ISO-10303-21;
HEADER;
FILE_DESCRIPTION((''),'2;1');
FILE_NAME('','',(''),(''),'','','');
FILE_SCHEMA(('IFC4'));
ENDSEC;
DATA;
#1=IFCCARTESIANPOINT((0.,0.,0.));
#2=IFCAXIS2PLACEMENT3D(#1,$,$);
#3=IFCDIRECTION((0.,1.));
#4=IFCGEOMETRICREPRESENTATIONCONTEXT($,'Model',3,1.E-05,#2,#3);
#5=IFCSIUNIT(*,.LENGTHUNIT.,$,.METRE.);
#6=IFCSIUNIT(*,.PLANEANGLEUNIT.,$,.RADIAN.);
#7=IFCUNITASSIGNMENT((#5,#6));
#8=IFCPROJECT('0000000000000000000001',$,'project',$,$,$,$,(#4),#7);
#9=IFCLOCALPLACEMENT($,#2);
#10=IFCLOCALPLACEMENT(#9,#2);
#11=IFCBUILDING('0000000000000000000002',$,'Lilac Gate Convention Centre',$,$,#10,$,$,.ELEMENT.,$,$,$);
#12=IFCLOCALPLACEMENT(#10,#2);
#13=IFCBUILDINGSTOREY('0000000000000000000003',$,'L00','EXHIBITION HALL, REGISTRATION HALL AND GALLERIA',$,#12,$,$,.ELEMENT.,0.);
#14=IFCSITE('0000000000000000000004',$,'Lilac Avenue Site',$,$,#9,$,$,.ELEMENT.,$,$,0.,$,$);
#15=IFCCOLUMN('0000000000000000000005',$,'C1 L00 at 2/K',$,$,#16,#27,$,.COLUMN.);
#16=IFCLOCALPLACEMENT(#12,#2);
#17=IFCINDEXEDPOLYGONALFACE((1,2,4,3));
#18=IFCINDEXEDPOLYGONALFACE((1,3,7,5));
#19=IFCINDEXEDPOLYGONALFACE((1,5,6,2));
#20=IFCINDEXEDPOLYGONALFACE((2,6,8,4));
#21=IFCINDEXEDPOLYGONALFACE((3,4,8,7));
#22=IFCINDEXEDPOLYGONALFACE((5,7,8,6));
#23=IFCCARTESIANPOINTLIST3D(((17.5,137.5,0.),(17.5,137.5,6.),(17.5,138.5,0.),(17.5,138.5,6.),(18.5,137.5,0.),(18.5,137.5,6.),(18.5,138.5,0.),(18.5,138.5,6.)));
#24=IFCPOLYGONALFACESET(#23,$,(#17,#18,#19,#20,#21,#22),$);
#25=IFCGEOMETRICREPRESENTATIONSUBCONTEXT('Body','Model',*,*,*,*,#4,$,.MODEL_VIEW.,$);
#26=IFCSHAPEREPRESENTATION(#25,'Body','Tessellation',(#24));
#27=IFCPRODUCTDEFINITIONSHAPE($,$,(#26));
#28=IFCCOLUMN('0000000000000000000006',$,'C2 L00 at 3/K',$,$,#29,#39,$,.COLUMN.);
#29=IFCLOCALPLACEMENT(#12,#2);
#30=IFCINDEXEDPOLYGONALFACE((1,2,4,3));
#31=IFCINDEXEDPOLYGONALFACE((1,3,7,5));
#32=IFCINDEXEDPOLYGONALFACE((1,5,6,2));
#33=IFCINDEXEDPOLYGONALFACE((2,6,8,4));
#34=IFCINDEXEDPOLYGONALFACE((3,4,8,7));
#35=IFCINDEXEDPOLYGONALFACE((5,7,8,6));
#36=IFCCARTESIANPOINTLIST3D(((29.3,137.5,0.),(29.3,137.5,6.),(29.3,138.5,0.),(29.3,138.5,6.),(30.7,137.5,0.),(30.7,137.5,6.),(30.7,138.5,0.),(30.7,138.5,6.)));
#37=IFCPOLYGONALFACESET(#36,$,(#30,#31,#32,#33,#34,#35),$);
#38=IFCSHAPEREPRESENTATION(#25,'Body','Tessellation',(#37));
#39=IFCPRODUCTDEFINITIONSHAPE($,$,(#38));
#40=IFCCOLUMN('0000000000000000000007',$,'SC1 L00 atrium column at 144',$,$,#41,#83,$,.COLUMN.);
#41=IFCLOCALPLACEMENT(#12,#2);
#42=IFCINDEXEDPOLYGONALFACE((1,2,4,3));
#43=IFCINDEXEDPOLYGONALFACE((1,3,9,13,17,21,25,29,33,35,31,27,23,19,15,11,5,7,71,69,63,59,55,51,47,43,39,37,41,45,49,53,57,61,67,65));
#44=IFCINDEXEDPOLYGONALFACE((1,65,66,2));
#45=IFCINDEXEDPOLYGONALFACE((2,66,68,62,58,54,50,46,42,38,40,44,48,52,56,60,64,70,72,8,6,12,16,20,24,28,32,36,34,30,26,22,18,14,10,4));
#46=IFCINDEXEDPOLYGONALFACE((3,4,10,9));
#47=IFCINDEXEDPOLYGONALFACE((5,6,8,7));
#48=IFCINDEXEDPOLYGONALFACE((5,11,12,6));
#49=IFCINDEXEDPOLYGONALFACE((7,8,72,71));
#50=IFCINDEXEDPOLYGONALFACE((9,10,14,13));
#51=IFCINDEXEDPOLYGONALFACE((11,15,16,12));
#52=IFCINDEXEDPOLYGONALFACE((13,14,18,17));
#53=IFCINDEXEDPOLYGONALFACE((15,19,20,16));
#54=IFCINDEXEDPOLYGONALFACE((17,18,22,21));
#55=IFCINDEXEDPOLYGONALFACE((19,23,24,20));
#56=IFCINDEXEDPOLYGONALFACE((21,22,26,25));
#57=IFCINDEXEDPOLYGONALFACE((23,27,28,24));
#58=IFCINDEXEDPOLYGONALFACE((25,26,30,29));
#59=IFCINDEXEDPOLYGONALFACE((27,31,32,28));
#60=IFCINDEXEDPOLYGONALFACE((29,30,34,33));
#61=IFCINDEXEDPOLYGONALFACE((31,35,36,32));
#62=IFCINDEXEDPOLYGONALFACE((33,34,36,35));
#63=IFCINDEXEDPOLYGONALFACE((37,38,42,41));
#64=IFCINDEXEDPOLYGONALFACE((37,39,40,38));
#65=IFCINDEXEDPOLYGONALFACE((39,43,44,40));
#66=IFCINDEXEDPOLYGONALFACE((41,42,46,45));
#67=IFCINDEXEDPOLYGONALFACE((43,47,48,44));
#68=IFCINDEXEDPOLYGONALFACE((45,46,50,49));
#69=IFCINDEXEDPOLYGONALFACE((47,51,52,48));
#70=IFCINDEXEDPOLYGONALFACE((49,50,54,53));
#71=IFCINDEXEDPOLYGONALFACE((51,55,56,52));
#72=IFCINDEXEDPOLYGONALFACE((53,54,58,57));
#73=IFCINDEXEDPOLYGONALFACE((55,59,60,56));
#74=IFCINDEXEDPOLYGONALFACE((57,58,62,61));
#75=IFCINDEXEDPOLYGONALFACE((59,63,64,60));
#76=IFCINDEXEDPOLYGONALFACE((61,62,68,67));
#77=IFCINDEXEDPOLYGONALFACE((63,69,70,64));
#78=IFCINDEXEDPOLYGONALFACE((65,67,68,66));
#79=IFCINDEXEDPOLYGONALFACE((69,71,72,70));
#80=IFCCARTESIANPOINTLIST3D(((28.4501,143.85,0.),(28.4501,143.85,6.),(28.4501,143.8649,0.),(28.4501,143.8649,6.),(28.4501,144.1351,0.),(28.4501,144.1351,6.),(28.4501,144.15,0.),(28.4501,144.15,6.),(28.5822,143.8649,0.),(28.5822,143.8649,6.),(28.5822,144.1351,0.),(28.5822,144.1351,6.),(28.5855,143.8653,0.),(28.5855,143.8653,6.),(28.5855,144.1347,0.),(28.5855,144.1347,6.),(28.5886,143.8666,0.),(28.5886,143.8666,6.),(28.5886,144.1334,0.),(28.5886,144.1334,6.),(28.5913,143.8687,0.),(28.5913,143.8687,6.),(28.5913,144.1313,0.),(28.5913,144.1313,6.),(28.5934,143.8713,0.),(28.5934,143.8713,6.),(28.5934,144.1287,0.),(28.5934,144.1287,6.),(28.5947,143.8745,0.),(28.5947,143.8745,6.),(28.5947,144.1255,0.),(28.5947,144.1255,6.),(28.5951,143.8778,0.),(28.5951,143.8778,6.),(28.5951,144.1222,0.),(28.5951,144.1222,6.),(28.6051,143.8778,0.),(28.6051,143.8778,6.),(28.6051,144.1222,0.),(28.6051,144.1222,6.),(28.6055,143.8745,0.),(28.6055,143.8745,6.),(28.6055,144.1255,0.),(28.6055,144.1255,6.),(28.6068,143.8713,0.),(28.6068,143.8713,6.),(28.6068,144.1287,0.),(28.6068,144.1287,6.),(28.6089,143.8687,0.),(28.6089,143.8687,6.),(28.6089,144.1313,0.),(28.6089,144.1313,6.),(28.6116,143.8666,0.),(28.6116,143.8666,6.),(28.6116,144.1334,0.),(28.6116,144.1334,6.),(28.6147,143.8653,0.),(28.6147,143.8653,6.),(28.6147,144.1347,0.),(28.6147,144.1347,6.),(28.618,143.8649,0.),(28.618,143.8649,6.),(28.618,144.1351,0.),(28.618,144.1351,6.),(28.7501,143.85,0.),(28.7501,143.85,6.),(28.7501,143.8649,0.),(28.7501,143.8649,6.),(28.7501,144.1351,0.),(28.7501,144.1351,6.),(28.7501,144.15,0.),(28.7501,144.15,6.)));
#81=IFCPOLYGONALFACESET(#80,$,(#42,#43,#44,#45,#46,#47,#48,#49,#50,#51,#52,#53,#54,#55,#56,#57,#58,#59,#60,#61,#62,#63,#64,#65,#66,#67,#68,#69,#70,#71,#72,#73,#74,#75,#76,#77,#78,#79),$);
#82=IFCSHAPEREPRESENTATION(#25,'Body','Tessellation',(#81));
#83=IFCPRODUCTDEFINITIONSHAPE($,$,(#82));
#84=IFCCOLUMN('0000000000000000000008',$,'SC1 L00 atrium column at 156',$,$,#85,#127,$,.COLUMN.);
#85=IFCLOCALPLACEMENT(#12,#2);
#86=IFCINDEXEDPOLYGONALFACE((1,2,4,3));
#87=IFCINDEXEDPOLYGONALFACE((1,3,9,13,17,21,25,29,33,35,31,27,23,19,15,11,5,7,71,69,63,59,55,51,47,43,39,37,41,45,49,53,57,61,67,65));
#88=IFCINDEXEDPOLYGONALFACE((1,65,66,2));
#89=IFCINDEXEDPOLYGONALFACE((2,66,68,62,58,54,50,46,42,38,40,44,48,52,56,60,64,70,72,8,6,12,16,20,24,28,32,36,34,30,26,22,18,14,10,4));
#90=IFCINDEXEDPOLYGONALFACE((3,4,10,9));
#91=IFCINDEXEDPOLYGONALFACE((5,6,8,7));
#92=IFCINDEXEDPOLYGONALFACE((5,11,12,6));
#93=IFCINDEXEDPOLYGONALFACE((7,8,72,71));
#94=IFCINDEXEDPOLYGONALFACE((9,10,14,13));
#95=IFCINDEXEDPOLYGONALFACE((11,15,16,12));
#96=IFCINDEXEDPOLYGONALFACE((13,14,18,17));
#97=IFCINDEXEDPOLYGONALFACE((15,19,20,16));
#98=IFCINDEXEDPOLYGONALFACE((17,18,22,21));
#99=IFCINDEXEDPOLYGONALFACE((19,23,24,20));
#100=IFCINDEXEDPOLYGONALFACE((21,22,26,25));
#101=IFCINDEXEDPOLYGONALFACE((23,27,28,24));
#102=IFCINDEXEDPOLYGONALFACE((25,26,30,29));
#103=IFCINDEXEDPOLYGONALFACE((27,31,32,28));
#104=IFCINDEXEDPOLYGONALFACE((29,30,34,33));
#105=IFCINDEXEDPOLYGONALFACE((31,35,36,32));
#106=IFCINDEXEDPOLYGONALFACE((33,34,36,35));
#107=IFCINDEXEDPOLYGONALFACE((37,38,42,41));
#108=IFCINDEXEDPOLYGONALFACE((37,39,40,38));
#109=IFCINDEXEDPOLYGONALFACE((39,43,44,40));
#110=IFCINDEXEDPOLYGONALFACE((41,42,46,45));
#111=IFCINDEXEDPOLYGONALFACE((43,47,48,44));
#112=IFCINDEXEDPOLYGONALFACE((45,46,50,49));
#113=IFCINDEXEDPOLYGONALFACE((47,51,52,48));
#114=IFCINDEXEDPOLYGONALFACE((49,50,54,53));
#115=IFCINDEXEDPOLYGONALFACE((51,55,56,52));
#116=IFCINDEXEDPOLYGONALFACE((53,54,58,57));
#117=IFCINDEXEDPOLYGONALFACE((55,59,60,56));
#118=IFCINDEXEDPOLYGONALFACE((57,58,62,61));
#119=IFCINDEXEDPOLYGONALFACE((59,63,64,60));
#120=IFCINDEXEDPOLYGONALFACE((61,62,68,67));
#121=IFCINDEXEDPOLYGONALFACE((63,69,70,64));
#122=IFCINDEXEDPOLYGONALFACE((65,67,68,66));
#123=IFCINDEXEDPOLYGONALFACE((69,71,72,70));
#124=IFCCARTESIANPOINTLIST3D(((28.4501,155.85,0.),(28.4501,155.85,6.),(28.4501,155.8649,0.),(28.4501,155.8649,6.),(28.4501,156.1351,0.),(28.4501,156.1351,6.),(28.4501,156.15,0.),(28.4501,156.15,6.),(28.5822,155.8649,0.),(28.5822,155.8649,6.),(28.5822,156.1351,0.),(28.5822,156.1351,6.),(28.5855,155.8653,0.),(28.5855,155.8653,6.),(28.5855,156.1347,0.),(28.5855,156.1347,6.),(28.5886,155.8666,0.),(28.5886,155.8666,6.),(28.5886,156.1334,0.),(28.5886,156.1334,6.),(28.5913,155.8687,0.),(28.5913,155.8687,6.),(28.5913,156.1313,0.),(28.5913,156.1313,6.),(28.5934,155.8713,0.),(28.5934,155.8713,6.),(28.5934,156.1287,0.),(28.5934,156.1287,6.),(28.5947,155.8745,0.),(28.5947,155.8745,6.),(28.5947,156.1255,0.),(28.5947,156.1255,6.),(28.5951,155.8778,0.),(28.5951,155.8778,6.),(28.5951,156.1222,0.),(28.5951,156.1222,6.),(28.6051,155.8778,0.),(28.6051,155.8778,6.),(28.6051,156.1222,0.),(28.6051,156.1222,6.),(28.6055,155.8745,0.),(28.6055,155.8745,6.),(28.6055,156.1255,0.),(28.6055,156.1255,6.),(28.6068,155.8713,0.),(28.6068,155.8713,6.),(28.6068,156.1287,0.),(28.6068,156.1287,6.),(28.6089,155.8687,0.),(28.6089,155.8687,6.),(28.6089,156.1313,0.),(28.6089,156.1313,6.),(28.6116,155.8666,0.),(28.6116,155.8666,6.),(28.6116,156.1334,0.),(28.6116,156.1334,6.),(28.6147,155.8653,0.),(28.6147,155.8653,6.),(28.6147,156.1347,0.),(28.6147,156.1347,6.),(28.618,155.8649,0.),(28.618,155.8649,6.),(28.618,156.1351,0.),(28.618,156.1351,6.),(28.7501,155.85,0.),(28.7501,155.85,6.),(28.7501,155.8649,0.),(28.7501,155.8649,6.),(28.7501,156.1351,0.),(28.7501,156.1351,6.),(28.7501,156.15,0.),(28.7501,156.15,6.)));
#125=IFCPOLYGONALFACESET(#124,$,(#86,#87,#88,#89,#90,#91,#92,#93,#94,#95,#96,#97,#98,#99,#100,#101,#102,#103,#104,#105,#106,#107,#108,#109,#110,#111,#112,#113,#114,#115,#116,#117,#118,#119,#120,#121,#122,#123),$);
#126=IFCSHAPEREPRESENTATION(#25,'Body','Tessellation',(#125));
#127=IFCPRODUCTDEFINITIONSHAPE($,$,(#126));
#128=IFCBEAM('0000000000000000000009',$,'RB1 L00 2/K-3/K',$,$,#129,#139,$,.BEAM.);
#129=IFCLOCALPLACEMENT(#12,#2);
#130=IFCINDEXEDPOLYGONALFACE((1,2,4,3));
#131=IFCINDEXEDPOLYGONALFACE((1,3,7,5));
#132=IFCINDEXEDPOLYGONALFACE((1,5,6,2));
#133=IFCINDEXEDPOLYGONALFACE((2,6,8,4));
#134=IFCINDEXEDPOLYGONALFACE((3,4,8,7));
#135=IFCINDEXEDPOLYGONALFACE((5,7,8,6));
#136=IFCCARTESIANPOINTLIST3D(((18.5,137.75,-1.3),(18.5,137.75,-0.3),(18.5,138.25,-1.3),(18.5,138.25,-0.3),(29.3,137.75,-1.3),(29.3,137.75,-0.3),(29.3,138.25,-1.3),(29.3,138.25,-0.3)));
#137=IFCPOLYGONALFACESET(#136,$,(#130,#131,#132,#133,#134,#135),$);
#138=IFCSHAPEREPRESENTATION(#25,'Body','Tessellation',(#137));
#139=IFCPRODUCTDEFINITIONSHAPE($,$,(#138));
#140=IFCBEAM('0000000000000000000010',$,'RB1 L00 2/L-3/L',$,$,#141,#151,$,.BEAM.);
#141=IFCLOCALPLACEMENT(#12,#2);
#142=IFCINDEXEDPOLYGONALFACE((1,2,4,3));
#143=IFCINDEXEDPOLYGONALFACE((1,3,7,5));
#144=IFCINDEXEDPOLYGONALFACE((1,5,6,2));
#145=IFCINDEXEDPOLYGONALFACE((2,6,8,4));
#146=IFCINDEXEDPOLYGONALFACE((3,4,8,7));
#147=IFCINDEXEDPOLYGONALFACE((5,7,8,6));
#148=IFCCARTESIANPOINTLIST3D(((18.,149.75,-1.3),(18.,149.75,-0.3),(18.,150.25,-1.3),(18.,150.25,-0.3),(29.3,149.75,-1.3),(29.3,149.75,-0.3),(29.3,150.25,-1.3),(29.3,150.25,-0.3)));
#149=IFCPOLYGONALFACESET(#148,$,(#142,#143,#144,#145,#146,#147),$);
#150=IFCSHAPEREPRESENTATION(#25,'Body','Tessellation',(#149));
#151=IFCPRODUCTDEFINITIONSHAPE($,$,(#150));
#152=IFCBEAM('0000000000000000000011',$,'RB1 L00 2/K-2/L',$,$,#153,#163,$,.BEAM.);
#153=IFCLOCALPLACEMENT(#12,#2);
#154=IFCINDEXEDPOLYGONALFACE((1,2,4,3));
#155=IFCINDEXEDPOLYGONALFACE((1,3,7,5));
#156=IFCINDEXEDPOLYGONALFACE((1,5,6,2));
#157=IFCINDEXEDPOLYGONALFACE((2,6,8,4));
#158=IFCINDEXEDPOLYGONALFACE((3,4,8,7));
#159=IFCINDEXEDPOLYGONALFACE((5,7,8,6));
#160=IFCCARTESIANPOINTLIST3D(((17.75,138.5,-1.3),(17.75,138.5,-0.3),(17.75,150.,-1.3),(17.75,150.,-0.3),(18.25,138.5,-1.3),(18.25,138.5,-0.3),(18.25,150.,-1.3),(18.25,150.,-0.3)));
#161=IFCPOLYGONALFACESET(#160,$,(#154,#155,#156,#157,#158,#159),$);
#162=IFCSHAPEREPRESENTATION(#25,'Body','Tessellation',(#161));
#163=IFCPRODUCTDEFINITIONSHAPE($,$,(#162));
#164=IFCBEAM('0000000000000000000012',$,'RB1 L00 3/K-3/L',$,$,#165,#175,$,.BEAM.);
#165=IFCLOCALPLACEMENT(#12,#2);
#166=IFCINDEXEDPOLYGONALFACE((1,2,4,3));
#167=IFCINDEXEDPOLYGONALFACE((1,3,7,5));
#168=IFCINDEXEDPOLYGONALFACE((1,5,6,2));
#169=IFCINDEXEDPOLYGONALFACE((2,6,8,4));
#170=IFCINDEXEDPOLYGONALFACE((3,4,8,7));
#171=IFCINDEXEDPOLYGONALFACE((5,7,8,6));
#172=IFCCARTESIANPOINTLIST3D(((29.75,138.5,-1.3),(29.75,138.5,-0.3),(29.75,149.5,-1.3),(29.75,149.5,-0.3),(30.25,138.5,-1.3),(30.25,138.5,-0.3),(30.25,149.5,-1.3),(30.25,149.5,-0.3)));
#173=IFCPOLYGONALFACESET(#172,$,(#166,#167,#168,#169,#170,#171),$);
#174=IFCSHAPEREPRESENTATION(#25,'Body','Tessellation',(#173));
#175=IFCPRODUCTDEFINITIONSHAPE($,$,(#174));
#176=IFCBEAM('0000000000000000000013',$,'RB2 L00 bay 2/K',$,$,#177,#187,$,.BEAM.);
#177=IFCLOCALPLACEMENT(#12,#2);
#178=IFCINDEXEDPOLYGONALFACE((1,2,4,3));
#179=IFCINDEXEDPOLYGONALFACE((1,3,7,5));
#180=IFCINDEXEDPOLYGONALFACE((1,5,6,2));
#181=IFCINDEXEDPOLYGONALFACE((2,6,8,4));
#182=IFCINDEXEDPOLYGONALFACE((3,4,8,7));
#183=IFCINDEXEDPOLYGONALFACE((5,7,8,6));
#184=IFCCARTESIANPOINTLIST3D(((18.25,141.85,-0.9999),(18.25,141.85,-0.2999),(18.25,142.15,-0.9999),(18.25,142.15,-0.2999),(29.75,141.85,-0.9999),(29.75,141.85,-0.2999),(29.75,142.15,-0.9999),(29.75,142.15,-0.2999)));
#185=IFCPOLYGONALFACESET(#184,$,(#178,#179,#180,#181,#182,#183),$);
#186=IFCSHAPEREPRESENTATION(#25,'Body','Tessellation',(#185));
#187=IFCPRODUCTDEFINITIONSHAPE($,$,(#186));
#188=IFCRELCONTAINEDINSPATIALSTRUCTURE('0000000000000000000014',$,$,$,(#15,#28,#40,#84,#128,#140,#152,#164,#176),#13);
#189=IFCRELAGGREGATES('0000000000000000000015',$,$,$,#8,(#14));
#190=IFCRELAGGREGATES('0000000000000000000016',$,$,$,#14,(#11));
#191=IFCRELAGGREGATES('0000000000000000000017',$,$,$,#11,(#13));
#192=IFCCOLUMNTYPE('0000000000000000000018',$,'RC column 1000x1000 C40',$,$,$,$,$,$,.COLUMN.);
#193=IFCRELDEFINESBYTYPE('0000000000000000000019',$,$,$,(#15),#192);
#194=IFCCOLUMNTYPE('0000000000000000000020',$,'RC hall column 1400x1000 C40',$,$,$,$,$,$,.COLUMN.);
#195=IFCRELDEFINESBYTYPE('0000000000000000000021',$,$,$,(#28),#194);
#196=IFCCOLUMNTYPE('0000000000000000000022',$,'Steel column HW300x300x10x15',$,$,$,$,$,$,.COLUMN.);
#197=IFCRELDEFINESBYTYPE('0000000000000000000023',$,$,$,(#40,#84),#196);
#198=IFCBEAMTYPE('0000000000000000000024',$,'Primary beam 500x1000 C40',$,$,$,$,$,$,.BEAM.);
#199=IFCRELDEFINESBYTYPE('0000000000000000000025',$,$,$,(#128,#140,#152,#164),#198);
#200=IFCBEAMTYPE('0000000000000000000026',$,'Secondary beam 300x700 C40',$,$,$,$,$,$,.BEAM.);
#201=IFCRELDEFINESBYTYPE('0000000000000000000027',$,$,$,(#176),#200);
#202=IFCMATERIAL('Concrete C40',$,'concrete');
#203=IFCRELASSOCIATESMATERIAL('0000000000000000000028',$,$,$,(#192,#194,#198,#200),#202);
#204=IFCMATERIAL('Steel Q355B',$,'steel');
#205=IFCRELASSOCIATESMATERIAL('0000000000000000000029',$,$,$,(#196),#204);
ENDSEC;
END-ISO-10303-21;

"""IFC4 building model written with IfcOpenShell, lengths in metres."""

from ifc_helpers import new_model, si_unit, direction, frame, origin, origin_2d, place, context, subcontext, project, spatial, rectangle, i_section, extrude, material, material_profile, profile_set, type_object, element, save


model = new_model("IFC4")

# Units and contexts
model_context = context("Model", 3, precision=1e-05, world=origin(), true_north=direction((0.0, 1.0)))
body_context = subcontext(model_context, "Body", "Model", "MODEL_VIEW")
ifc_project = project(units=[si_unit("LENGTHUNIT", "METRE"), si_unit("PLANEANGLEUNIT", "RADIAN")], contexts=[model_context])

# Site, building, storey
site_placement = place(None, origin())
site = spatial("IfcSite", under=ifc_project, at=site_placement, Name="Lilac Avenue Site", CompositionType="ELEMENT", RefElevation=0.0)
building_placement = place(site_placement, origin())
building = spatial("IfcBuilding", under=site, at=building_placement, Name="Lilac Gate Convention Centre", CompositionType="ELEMENT")
storey_placement = place(building_placement, origin())
storey = spatial("IfcBuildingStorey", under=building, at=storey_placement, Name="L00", Description="EXHIBITION HALL, REGISTRATION HALL AND GALLERIA", CompositionType="ELEMENT", Elevation=0.0)

# Columns
ifc_material_1 = material(Name="Concrete C40", Category="concrete")
ifc_material_profile_1 = material_profile(ifc_material_1, rectangle(XDim=1.0, YDim=1.0, at=origin_2d()), Name="RC 1000x1000")
ifc_profile_set_1 = profile_set([ifc_material_profile_1], Name="Concrete C40")
column_type_1 = type_object("IfcColumnType", Name="RC column 1000x1000 C40", PredefinedType="COLUMN", material=ifc_profile_set_1)
column_1_placement = place(storey_placement, frame((18.0, 138.0, 0.0), z_axis=(0.0, 0.0, 1.0), x_axis=(1.0, 0.0, 0.0)))
element("IfcColumn", 1, at=column_1_placement, inside=storey, type_object=column_type_1, Name="C1 L00 at 2/K", PredefinedType="COLUMN", context=body_context, shape_type="SweptSolid", body=[
    extrude(rectangle(XDim=1.0, YDim=1.0, at=origin_2d()), origin(), (0.0, 0.0, 1.0), 6.0),
])
ifc_material_profile_2 = material_profile(ifc_material_1, rectangle(XDim=1.3999, YDim=1.0, at=origin_2d()), Name="RC 1400x1000")
ifc_profile_set_2 = profile_set([ifc_material_profile_2], Name="Concrete C40")
column_type_2 = type_object("IfcColumnType", Name="RC hall column 1400x1000 C40", PredefinedType="COLUMN", material=ifc_profile_set_2)
column_2_placement = place(storey_placement, frame((30.0, 138.0, 0.0), z_axis=(0.0, 0.0, 1.0), x_axis=(1.0, 0.0, 0.0)))
element("IfcColumn", 2, at=column_2_placement, inside=storey, type_object=column_type_2, Name="C2 L00 at 3/K", PredefinedType="COLUMN", context=body_context, shape_type="SweptSolid", body=[
    extrude(rectangle(XDim=1.3999, YDim=1.0, at=origin_2d()), origin(), (0.0, 0.0, 1.0), 6.0),
])
ifc_material_2 = material(Name="Steel Q355B", Category="steel")
ifc_material_profile_3 = material_profile(ifc_material_2, i_section(OverallWidth=0.3, OverallDepth=0.3, WebThickness=0.01, FlangeThickness=0.0149, FilletRadius=0.0129, at=origin_2d()), Name="HW300x300x10x15")
ifc_profile_set_3 = profile_set([ifc_material_profile_3], Name="Steel Q355B")
column_type_3 = type_object("IfcColumnType", Name="Steel column HW300x300x10x15", PredefinedType="COLUMN", material=ifc_profile_set_3)
for number, where, z_axis, x_axis, name in (
    (3, (28.6001, 144.0, 0.0), (0.0, 0.0, 1.0), (1.0, 0.0, 0.0), "SC1 L00 atrium column at 144"),
    (4, (28.6001, 156.0, 0.0), (0.0, 0.0, 1.0), (1.0, 0.0, 0.0), "SC1 L00 atrium column at 156"),
):
    element("IfcColumn", number, at=place(storey_placement, frame(where, z_axis=z_axis, x_axis=x_axis)), inside=storey, type_object=column_type_3, Name=name, PredefinedType="COLUMN", context=body_context, shape_type="SweptSolid", body=[
        extrude(i_section(OverallWidth=0.3, OverallDepth=0.3, WebThickness=0.01, FlangeThickness=0.0149, FilletRadius=0.0129, at=origin_2d()), origin(), (0.0, 0.0, 1.0), 6.0),
    ])

# Beams
ifc_material_profile_4 = material_profile(ifc_material_1, rectangle(XDim=0.5, YDim=1.0, at=origin_2d()), Name="RC 500x1000")
ifc_profile_set_4 = profile_set([ifc_material_profile_4], Name="Concrete C40")
beam_type_1 = type_object("IfcBeamType", Name="Primary beam 500x1000 C40", PredefinedType="BEAM", material=ifc_profile_set_4)
beam_1_placement = place(storey_placement, frame((18.5, 138.0, -0.8), z_axis=(1.0, 0.0, 0.0), x_axis=(0.0, 1.0, 0.0)))
element("IfcBeam", 5, at=beam_1_placement, inside=storey, type_object=beam_type_1, Name="RB1 L00 2/K-3/K", PredefinedType="BEAM", context=body_context, shape_type="SweptSolid", body=[
    extrude(rectangle(XDim=0.5, YDim=1.0, at=origin_2d()), origin(), (0.0, 0.0, 1.0), 10.8),
])
beam_2_placement = place(storey_placement, frame((18.0, 150.0, -0.8), z_axis=(1.0, 0.0, 0.0), x_axis=(0.0, 1.0, 0.0)))
element("IfcBeam", 6, at=beam_2_placement, inside=storey, type_object=beam_type_1, Name="RB1 L00 2/L-3/L", PredefinedType="BEAM", context=body_context, shape_type="SweptSolid", body=[
    extrude(rectangle(XDim=0.5, YDim=1.0, at=origin_2d()), origin(), (0.0, 0.0, 1.0), 11.3),
])
beam_3_placement = place(storey_placement, frame((18.0, 138.5, -0.8), z_axis=(0.0, 1.0, 0.0), x_axis=(-1.0, 0.0, 0.0)))
element("IfcBeam", 7, at=beam_3_placement, inside=storey, type_object=beam_type_1, Name="RB1 L00 2/K-2/L", PredefinedType="BEAM", context=body_context, shape_type="SweptSolid", body=[
    extrude(rectangle(XDim=0.5, YDim=1.0, at=origin_2d()), origin(), (0.0, 0.0, 1.0), 11.5),
])
beam_4_placement = place(storey_placement, frame((30.0, 138.5, -0.8), z_axis=(0.0, 1.0, 0.0), x_axis=(-1.0, 0.0, 0.0)))
element("IfcBeam", 8, at=beam_4_placement, inside=storey, type_object=beam_type_1, Name="RB1 L00 3/K-3/L", PredefinedType="BEAM", context=body_context, shape_type="SweptSolid", body=[
    extrude(rectangle(XDim=0.5, YDim=1.0, at=origin_2d()), origin(), (0.0, 0.0, 1.0), 11.0),
])
ifc_material_profile_5 = material_profile(ifc_material_1, rectangle(XDim=0.3, YDim=0.7, at=origin_2d()), Name="RC 300x700")
ifc_profile_set_5 = profile_set([ifc_material_profile_5], Name="Concrete C40")
beam_type_2 = type_object("IfcBeamType", Name="Secondary beam 300x700 C40", PredefinedType="BEAM", material=ifc_profile_set_5)
for number, where, z_axis, x_axis, name in (
    (9, (18.25, 142.0, -0.6499), (1.0, 0.0, 0.0), (0.0, 1.0, 0.0), "RB2 L00 bay 2/K"),
):
    element("IfcBeam", number, at=place(storey_placement, frame(where, z_axis=z_axis, x_axis=x_axis)), inside=storey, type_object=beam_type_2, Name=name, PredefinedType="BEAM", context=body_context, shape_type="SweptSolid", body=[
        extrude(rectangle(XDim=0.3, YDim=0.7, at=origin_2d()), origin(), (0.0, 0.0, 1.0), 11.5),
    ])

save(model, "model.ifc")
